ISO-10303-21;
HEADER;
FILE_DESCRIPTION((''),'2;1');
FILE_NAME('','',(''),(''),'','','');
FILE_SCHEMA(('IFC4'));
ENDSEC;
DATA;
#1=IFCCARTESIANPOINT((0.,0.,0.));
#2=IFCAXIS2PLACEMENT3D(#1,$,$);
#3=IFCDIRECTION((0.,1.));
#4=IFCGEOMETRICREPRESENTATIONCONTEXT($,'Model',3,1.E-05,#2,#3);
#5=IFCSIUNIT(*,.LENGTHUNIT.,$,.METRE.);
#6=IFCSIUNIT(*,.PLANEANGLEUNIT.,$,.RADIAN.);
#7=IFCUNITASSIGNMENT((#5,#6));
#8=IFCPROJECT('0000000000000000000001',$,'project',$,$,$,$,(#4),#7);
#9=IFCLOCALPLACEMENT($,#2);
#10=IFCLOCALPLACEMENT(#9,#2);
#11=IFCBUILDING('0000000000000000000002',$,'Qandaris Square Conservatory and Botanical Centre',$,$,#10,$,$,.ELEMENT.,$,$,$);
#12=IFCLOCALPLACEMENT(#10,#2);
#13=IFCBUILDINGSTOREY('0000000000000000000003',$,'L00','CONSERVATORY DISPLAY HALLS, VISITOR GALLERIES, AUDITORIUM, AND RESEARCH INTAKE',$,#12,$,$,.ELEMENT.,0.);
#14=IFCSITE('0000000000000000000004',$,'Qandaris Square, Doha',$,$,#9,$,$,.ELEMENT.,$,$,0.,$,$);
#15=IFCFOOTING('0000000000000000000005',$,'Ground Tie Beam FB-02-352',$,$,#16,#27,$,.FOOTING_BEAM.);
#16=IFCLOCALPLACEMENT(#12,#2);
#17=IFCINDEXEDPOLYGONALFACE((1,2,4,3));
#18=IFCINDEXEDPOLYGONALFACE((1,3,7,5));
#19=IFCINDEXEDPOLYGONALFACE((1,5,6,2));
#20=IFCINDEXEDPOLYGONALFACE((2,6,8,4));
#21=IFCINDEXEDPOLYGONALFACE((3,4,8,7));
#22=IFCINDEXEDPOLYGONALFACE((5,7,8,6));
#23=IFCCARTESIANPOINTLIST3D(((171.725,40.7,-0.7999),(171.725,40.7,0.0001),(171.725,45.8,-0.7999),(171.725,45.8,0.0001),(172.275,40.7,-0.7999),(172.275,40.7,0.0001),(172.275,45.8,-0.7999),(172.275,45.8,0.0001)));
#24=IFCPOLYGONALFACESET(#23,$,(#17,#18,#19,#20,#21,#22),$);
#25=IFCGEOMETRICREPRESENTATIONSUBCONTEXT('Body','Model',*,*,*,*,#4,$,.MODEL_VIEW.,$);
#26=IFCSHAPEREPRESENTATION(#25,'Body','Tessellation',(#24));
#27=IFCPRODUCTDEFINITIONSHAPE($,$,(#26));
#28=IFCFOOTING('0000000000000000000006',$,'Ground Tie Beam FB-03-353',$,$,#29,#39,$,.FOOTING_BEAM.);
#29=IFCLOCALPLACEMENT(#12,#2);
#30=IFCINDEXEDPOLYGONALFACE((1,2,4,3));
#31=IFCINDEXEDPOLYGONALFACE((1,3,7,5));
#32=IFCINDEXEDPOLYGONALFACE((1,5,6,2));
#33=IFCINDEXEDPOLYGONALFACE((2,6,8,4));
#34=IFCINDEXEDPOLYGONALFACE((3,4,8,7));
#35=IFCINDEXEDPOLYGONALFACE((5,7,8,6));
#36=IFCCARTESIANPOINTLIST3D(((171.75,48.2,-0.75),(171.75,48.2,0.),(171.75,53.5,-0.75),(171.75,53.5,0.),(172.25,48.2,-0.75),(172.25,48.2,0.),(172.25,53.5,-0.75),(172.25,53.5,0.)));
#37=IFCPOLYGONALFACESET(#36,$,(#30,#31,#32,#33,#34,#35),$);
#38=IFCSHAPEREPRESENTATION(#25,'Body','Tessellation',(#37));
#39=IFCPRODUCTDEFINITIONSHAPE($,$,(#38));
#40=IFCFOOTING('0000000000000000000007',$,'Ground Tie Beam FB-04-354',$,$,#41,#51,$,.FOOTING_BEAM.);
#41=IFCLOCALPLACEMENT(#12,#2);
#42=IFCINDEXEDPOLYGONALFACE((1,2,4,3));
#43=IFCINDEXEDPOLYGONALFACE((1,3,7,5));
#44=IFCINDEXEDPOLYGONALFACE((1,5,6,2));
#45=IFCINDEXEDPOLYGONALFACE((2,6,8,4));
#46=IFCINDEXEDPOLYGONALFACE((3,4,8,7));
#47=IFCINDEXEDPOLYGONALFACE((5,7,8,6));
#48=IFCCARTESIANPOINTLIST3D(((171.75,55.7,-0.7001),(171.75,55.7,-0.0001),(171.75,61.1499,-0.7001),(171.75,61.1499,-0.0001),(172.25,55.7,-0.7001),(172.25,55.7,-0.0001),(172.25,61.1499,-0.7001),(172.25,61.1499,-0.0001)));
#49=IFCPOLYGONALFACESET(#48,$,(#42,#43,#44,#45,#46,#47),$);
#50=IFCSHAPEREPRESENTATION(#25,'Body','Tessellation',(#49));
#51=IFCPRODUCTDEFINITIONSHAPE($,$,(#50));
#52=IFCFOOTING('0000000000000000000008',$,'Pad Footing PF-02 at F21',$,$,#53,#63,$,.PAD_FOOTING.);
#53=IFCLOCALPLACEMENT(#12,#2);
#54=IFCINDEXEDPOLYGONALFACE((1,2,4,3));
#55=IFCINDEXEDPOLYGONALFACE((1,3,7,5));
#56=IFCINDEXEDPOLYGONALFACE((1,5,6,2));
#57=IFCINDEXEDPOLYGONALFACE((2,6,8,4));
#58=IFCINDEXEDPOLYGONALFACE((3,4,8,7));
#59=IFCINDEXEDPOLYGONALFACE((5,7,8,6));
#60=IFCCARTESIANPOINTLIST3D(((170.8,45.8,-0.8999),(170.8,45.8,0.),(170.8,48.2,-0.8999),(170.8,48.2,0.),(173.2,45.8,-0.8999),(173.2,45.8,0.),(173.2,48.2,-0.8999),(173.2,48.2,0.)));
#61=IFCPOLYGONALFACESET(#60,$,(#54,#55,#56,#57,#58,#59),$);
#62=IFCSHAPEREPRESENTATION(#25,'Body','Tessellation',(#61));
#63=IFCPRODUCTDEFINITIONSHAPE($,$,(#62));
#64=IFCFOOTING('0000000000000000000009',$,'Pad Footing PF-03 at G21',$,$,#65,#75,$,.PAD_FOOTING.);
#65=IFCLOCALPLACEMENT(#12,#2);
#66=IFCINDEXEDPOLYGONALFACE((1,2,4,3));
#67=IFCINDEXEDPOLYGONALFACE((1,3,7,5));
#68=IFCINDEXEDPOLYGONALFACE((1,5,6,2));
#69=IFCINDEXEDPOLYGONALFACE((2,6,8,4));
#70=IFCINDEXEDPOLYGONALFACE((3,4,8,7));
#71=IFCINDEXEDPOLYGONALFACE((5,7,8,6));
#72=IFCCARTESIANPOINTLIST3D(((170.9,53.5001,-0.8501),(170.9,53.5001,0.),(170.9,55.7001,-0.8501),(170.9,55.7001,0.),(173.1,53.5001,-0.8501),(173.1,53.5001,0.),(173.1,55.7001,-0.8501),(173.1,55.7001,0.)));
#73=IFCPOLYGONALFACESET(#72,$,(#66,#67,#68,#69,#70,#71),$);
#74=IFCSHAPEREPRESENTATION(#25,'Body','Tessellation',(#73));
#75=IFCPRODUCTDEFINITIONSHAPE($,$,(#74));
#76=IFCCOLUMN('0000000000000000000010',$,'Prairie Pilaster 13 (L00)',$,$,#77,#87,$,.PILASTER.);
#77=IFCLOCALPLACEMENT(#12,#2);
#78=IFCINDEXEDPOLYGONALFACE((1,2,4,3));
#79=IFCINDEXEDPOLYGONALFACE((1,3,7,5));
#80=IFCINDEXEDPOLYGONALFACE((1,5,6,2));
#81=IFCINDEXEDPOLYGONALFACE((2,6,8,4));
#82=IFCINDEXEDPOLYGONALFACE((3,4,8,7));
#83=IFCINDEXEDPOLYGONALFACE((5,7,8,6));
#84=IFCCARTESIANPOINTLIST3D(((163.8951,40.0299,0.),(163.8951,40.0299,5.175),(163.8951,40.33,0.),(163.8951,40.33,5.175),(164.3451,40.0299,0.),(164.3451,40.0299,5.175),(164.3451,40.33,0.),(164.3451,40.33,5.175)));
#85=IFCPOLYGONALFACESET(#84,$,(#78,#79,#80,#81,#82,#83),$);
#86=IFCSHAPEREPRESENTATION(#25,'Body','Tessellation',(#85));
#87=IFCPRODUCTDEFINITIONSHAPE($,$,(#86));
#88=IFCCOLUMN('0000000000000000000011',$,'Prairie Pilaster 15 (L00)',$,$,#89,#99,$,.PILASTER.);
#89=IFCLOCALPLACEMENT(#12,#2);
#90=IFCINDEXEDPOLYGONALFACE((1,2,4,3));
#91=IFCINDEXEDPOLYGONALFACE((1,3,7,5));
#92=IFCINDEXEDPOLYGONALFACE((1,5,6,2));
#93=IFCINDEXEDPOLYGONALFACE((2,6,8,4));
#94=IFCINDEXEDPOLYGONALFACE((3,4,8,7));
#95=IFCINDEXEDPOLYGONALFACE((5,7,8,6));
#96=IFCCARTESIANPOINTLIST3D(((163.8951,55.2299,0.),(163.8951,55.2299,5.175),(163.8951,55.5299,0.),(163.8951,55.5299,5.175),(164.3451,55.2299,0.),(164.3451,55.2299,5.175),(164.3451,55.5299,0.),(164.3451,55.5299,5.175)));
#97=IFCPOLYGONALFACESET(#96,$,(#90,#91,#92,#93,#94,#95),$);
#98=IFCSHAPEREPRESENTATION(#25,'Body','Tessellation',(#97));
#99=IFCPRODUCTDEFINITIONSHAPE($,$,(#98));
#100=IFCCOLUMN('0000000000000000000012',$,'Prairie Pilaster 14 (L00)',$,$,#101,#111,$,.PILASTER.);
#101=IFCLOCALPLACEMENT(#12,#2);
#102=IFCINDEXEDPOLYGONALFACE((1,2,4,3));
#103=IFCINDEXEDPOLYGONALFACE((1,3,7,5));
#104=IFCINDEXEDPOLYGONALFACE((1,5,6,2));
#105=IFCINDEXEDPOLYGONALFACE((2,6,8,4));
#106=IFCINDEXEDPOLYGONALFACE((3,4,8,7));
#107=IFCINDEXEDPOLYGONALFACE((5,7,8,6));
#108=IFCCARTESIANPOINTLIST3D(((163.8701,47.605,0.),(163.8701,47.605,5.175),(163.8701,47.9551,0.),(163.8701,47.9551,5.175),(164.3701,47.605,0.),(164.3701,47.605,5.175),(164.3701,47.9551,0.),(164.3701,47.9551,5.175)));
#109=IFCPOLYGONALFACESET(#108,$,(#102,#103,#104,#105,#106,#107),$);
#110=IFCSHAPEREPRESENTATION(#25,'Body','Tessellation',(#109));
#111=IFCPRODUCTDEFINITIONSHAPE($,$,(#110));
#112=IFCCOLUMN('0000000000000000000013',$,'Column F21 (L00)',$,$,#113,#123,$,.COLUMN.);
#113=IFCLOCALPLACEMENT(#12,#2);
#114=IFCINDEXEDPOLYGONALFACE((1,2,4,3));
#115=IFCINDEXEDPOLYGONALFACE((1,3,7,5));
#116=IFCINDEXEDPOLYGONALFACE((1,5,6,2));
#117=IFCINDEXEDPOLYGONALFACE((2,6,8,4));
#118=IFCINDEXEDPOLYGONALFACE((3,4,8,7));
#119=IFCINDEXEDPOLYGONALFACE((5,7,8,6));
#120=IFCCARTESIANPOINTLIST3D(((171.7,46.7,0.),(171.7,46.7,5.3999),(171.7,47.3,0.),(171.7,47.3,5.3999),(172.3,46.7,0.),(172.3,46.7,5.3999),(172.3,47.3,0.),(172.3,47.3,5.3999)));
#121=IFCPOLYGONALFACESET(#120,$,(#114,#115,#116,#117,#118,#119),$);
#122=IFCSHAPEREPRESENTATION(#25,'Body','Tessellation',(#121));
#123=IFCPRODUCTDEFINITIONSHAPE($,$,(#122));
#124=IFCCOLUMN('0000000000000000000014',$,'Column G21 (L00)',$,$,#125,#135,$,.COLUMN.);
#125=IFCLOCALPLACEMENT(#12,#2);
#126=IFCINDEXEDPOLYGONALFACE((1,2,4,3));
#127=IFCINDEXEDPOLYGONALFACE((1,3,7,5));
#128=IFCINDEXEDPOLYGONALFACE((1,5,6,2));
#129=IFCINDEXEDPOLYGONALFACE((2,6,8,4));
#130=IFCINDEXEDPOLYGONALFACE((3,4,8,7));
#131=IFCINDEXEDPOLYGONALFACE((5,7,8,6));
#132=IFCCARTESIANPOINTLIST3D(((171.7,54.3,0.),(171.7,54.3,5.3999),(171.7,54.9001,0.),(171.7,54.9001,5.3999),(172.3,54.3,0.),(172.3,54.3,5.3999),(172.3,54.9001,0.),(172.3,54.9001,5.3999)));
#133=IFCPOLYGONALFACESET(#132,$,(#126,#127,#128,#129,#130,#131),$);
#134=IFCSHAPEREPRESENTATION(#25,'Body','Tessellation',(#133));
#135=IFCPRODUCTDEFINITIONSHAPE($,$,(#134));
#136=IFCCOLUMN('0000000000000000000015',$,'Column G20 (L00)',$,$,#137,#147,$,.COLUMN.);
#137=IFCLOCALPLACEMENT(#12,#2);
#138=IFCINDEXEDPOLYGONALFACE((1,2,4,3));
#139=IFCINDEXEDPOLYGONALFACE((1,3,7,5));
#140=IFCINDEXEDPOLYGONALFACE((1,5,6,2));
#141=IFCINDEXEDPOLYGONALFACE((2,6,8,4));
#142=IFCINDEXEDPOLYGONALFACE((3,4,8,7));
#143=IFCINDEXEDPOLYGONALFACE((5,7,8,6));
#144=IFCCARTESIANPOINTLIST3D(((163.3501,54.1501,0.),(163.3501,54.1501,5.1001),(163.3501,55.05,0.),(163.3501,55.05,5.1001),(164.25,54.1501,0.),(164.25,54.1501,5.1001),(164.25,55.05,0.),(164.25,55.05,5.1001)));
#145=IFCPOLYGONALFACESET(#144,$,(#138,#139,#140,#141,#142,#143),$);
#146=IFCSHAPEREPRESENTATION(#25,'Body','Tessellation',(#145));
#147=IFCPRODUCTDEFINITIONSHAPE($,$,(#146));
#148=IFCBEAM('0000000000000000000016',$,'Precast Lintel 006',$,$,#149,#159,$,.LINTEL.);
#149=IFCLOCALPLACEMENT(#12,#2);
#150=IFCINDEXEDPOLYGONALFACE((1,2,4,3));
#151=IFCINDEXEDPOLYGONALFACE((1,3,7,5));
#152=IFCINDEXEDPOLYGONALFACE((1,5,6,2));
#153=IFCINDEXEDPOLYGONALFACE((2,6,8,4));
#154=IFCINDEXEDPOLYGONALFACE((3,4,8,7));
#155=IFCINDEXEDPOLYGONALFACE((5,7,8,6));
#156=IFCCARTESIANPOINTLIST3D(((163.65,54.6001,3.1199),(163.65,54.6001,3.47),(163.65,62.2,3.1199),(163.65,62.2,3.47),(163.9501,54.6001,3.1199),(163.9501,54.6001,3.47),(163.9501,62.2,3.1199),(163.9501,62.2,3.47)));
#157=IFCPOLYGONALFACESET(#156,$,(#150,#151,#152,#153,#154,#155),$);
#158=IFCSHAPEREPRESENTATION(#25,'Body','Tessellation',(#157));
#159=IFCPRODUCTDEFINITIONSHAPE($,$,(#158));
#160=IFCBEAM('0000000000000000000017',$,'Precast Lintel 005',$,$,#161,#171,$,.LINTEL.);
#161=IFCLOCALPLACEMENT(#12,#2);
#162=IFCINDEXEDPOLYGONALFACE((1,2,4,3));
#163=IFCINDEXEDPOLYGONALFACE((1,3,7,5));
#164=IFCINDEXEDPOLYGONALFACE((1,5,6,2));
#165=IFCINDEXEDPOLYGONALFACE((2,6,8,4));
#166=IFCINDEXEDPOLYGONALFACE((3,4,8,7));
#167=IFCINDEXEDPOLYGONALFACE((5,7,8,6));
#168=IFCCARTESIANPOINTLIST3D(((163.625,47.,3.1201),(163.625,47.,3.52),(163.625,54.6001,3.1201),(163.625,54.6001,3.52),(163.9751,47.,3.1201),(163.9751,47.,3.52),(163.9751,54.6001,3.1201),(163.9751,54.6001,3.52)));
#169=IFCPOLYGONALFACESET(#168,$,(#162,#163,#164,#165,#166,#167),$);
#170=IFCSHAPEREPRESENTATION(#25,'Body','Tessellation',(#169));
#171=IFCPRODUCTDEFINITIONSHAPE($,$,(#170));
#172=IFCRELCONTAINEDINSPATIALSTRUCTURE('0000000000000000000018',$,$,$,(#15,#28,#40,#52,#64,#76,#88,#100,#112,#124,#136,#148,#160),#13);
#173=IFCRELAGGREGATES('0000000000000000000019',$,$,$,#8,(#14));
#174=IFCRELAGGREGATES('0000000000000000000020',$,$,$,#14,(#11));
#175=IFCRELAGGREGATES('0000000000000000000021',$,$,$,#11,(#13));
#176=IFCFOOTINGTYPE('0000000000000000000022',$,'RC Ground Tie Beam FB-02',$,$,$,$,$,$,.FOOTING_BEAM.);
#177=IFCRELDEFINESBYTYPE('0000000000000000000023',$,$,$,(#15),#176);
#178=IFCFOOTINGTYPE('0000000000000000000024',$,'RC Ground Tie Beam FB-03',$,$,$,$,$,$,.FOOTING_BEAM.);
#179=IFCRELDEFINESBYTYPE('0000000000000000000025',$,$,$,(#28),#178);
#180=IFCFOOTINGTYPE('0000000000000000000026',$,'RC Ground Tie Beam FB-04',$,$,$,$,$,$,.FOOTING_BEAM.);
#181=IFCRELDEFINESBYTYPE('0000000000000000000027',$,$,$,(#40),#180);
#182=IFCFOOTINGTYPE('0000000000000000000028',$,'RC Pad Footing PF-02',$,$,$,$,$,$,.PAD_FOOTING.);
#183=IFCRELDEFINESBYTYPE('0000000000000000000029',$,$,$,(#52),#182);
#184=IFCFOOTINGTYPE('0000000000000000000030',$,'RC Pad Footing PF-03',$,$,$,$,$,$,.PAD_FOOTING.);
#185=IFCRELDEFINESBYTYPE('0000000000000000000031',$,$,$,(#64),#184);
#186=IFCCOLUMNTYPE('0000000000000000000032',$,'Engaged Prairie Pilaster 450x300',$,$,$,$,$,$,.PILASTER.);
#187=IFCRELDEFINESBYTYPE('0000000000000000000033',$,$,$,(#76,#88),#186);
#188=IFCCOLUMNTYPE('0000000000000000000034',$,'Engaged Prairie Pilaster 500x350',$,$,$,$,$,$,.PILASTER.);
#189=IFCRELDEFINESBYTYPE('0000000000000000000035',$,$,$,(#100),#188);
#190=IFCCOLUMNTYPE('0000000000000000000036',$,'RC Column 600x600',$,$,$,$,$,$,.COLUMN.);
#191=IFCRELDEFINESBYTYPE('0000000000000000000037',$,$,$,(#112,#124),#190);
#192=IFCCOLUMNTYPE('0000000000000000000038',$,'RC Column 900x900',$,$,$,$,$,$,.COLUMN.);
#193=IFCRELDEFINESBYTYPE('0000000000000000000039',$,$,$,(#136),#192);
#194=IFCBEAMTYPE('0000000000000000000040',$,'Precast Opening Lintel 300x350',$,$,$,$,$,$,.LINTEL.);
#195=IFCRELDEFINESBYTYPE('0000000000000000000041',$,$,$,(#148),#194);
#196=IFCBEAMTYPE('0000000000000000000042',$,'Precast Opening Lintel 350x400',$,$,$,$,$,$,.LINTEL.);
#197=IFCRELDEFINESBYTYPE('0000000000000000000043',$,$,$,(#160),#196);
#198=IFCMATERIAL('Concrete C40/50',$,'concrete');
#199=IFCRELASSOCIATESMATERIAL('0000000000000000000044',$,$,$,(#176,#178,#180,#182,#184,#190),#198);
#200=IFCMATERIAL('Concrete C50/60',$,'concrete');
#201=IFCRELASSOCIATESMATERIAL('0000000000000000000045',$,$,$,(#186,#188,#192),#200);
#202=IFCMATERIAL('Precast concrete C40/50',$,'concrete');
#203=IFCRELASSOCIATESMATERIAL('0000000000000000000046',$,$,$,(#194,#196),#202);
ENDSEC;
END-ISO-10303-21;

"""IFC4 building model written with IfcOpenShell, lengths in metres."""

from ifc_helpers import new_model, si_unit, direction, frame, origin, origin_2d, place, context, subcontext, project, spatial, rectangle, extrude, material, material_profile, profile_set, type_object, element, save


model = new_model("IFC4")

# Units and contexts
model_context = context("Model", 3, precision=1e-05, world=origin(), true_north=direction((0.0, 1.0)))
body_context = subcontext(model_context, "Body", "Model", "MODEL_VIEW")
ifc_project = project(units=[si_unit("LENGTHUNIT", "METRE"), si_unit("PLANEANGLEUNIT", "RADIAN")], contexts=[model_context])

# Site, building, storey
site_placement = place(None, origin())
site = spatial("IfcSite", under=ifc_project, at=site_placement, Name="Qandaris Square, Doha", CompositionType="ELEMENT", RefElevation=0.0)
building_placement = place(site_placement, origin())
building = spatial("IfcBuilding", under=site, at=building_placement, Name="Qandaris Square Conservatory and Botanical Centre", CompositionType="ELEMENT")
storey_placement = place(building_placement, origin())
storey = spatial("IfcBuildingStorey", under=building, at=storey_placement, Name="L00", Description="CONSERVATORY DISPLAY HALLS, VISITOR GALLERIES, AUDITORIUM, AND RESEARCH INTAKE", CompositionType="ELEMENT", Elevation=0.0)

# Footings
ifc_material_1 = material(Name="Concrete C40/50", Category="concrete")
ifc_material_profile_1 = material_profile(ifc_material_1, rectangle(XDim=0.55, YDim=0.8, at=origin_2d()), Name="FB 550x800")
ifc_profile_set_1 = profile_set([ifc_material_profile_1], Name="Concrete C40/50")
footing_type_1 = type_object("IfcFootingType", Name="RC Ground Tie Beam FB-02", PredefinedType="FOOTING_BEAM", material=ifc_profile_set_1)
footing_1_placement = place(storey_placement, frame((172.0, 40.7, -0.3999), z_axis=(0.0, 1.0, 0.0), x_axis=(-1.0, 0.0, 0.0)))
element("IfcFooting", 1, at=footing_1_placement, inside=storey, type_object=footing_type_1, Name="Ground Tie Beam FB-02-352", PredefinedType="FOOTING_BEAM", context=body_context, shape_type="SweptSolid", body=[
    extrude(rectangle(XDim=0.55, YDim=0.8, at=origin_2d()), origin(), (0.0, 0.0, 1.0), 5.1001),
])
ifc_material_profile_2 = material_profile(ifc_material_1, rectangle(XDim=0.5, YDim=0.75, at=origin_2d()), Name="FB 500x750")
ifc_profile_set_2 = profile_set([ifc_material_profile_2], Name="Concrete C40/50")
footing_type_2 = type_object("IfcFootingType", Name="RC Ground Tie Beam FB-03", PredefinedType="FOOTING_BEAM", material=ifc_profile_set_2)
footing_2_placement = place(storey_placement, frame((172.0, 48.2, -0.375), z_axis=(0.0, 1.0, 0.0), x_axis=(-1.0, 0.0, 0.0)))
element("IfcFooting", 2, at=footing_2_placement, inside=storey, type_object=footing_type_2, Name="Ground Tie Beam FB-03-353", PredefinedType="FOOTING_BEAM", context=body_context, shape_type="SweptSolid", body=[
    extrude(rectangle(XDim=0.5, YDim=0.75, at=origin_2d()), origin(), (0.0, 0.0, 1.0), 5.3),
])
ifc_material_profile_3 = material_profile(ifc_material_1, rectangle(XDim=0.5, YDim=0.7, at=origin_2d()), Name="FB 500x700")
ifc_profile_set_3 = profile_set([ifc_material_profile_3], Name="Concrete C40/50")
footing_type_3 = type_object("IfcFootingType", Name="RC Ground Tie Beam FB-04", PredefinedType="FOOTING_BEAM", material=ifc_profile_set_3)
footing_3_placement = place(storey_placement, frame((172.0, 55.7, -0.3501), z_axis=(0.0, 1.0, 0.0), x_axis=(-1.0, 0.0, 0.0)))
element("IfcFooting", 3, at=footing_3_placement, inside=storey, type_object=footing_type_3, Name="Ground Tie Beam FB-04-354", PredefinedType="FOOTING_BEAM", context=body_context, shape_type="SweptSolid", body=[
    extrude(rectangle(XDim=0.5, YDim=0.7, at=origin_2d()), origin(), (0.0, 0.0, 1.0), 5.45),
])
footing_type_4 = type_object("IfcFootingType", Name="RC Pad Footing PF-02", PredefinedType="PAD_FOOTING", material=ifc_material_1)
footing_4_placement = place(storey_placement, frame((172.0, 47.0, -0.8999), z_axis=(0.0, 0.0, 1.0), x_axis=(1.0, 0.0, 0.0)))
element("IfcFooting", 4, at=footing_4_placement, inside=storey, type_object=footing_type_4, Name="Pad Footing PF-02 at F21", PredefinedType="PAD_FOOTING", context=body_context, shape_type="SweptSolid", body=[
    extrude(rectangle(XDim=2.3999, YDim=2.3999, at=origin_2d()), origin(), (0.0, 0.0, 1.0), 0.8999),
])
footing_type_5 = type_object("IfcFootingType", Name="RC Pad Footing PF-03", PredefinedType="PAD_FOOTING", material=ifc_material_1)
footing_5_placement = place(storey_placement, frame((172.0, 54.6001, -0.8501), z_axis=(0.0, 0.0, 1.0), x_axis=(1.0, 0.0, 0.0)))
element("IfcFooting", 5, at=footing_5_placement, inside=storey, type_object=footing_type_5, Name="Pad Footing PF-03 at G21", PredefinedType="PAD_FOOTING", context=body_context, shape_type="SweptSolid", body=[
    extrude(rectangle(XDim=2.2, YDim=2.2, at=origin_2d()), origin(), (0.0, 0.0, 1.0), 0.8501),
])

# Columns
ifc_material_2 = material(Name="Concrete C50/60", Category="concrete")
ifc_material_profile_4 = material_profile(ifc_material_2, rectangle(XDim=0.45, YDim=0.3, at=origin_2d()), Name="RC-PIL 450x300")
ifc_profile_set_4 = profile_set([ifc_material_profile_4], Name="Concrete C50/60")
column_type_1 = type_object("IfcColumnType", Name="Engaged Prairie Pilaster 450x300", PredefinedType="PILASTER", material=ifc_profile_set_4)
for number, where, z_axis, x_axis, name in (
    (6, (164.1201, 40.1799, 0.0), (0.0, 0.0, 1.0), (1.0, 0.0, 0.0), "Prairie Pilaster 13 (L00)"),
    (7, (164.1201, 55.3799, 0.0), (0.0, 0.0, 1.0), (1.0, 0.0, 0.0), "Prairie Pilaster 15 (L00)"),
):
    element("IfcColumn", number, at=place(storey_placement, frame(where, z_axis=z_axis, x_axis=x_axis)), inside=storey, type_object=column_type_1, Name=name, PredefinedType="PILASTER", context=body_context, shape_type="SweptSolid", body=[
        extrude(rectangle(XDim=0.45, YDim=0.3, at=origin_2d()), origin(), (0.0, 0.0, 1.0), 5.175),
    ])
ifc_material_profile_5 = material_profile(ifc_material_2, rectangle(XDim=0.5, YDim=0.3501, at=origin_2d()), Name="RC-PIL 500x350")
ifc_profile_set_5 = profile_set([ifc_material_profile_5], Name="Concrete C50/60")
column_type_2 = type_object("IfcColumnType", Name="Engaged Prairie Pilaster 500x350", PredefinedType="PILASTER", material=ifc_profile_set_5)
column_1_placement = place(storey_placement, frame((164.1201, 47.78, 0.0), z_axis=(0.0, 0.0, 1.0), x_axis=(1.0, 0.0, 0.0)))
element("IfcColumn", 8, at=column_1_placement, inside=storey, type_object=column_type_2, Name="Prairie Pilaster 14 (L00)", PredefinedType="PILASTER", context=body_context, shape_type="SweptSolid", body=[
    extrude(rectangle(XDim=0.5, YDim=0.3501, at=origin_2d()), origin(), (0.0, 0.0, 1.0), 5.175),
])
ifc_material_profile_6 = material_profile(ifc_material_1, rectangle(XDim=0.6001, YDim=0.6001, at=origin_2d()), Name="RC-COL 600x600")
ifc_profile_set_6 = profile_set([ifc_material_profile_6], Name="Concrete C40/50")
column_type_3 = type_object("IfcColumnType", Name="RC Column 600x600", PredefinedType="COLUMN", material=ifc_profile_set_6)
for number, where, z_axis, x_axis, name in (
    (9, (172.0, 47.0, 0.0), (0.0, 0.0, 1.0), (1.0, 0.0, 0.0), "Column F21 (L00)"),
    (10, (172.0, 54.6001, 0.0), (0.0, 0.0, 1.0), (1.0, 0.0, 0.0), "Column G21 (L00)"),
):
    element("IfcColumn", number, at=place(storey_placement, frame(where, z_axis=z_axis, x_axis=x_axis)), inside=storey, type_object=column_type_3, Name=name, PredefinedType="COLUMN", context=body_context, shape_type="SweptSolid", body=[
        extrude(rectangle(XDim=0.6001, YDim=0.6001, at=origin_2d()), origin(), (0.0, 0.0, 1.0), 5.3999),
    ])
ifc_material_profile_7 = material_profile(ifc_material_2, rectangle(XDim=0.8999, YDim=0.8999, at=origin_2d()), Name="RC-COL 900x900")
ifc_profile_set_7 = profile_set([ifc_material_profile_7], Name="Concrete C50/60")
column_type_4 = type_object("IfcColumnType", Name="RC Column 900x900", PredefinedType="COLUMN", material=ifc_profile_set_7)
column_2_placement = place(storey_placement, frame((163.8, 54.6001, 0.0), z_axis=(0.0, 0.0, 1.0), x_axis=(1.0, 0.0, 0.0)))
element("IfcColumn", 11, at=column_2_placement, inside=storey, type_object=column_type_4, Name="Column G20 (L00)", PredefinedType="COLUMN", context=body_context, shape_type="SweptSolid", body=[
    extrude(rectangle(XDim=0.8999, YDim=0.8999, at=origin_2d()), origin(), (0.0, 0.0, 1.0), 5.1001),
])

# Beams
ifc_material_3 = material(Name="Precast concrete C40/50", Category="concrete")
ifc_material_profile_8 = material_profile(ifc_material_3, rectangle(XDim=0.3, YDim=0.3501, at=origin_2d()), Name="RC-LN 300x350")
ifc_profile_set_8 = profile_set([ifc_material_profile_8], Name="Precast concrete C40/50")
beam_type_1 = type_object("IfcBeamType", Name="Precast Opening Lintel 300x350", PredefinedType="LINTEL", material=ifc_profile_set_8)
beam_1_placement = place(storey_placement, frame((163.8, 54.6001, 3.2949), z_axis=(0.0, 1.0, 0.0), x_axis=(-1.0, 0.0, 0.0)))
element("IfcBeam", 12, at=beam_1_placement, inside=storey, type_object=beam_type_1, Name="Precast Lintel 006", PredefinedType="LINTEL", context=body_context, shape_type="SweptSolid", body=[
    extrude(rectangle(XDim=0.3, YDim=0.3501, at=origin_2d()), origin(), (0.0, 0.0, 1.0), 7.5999),
])
ifc_material_profile_9 = material_profile(ifc_material_3, rectangle(XDim=0.3501, YDim=0.3999, at=origin_2d()), Name="RC-LN 350x400")
ifc_profile_set_9 = profile_set([ifc_material_profile_9], Name="Precast concrete C40/50")
beam_type_2 = type_object("IfcBeamType", Name="Precast Opening Lintel 350x400", PredefinedType="LINTEL", material=ifc_profile_set_9)
beam_2_placement = place(storey_placement, frame((163.8, 47.0, 3.3201), z_axis=(0.0, 1.0, 0.0), x_axis=(-1.0, 0.0, 0.0)))
element("IfcBeam", 13, at=beam_2_placement, inside=storey, type_object=beam_type_2, Name="Precast Lintel 005", PredefinedType="LINTEL", context=body_context, shape_type="SweptSolid", body=[
    extrude(rectangle(XDim=0.3501, YDim=0.3999, at=origin_2d()), origin(), (0.0, 0.0, 1.0), 7.6001),
])

save(model, "model.ifc")
